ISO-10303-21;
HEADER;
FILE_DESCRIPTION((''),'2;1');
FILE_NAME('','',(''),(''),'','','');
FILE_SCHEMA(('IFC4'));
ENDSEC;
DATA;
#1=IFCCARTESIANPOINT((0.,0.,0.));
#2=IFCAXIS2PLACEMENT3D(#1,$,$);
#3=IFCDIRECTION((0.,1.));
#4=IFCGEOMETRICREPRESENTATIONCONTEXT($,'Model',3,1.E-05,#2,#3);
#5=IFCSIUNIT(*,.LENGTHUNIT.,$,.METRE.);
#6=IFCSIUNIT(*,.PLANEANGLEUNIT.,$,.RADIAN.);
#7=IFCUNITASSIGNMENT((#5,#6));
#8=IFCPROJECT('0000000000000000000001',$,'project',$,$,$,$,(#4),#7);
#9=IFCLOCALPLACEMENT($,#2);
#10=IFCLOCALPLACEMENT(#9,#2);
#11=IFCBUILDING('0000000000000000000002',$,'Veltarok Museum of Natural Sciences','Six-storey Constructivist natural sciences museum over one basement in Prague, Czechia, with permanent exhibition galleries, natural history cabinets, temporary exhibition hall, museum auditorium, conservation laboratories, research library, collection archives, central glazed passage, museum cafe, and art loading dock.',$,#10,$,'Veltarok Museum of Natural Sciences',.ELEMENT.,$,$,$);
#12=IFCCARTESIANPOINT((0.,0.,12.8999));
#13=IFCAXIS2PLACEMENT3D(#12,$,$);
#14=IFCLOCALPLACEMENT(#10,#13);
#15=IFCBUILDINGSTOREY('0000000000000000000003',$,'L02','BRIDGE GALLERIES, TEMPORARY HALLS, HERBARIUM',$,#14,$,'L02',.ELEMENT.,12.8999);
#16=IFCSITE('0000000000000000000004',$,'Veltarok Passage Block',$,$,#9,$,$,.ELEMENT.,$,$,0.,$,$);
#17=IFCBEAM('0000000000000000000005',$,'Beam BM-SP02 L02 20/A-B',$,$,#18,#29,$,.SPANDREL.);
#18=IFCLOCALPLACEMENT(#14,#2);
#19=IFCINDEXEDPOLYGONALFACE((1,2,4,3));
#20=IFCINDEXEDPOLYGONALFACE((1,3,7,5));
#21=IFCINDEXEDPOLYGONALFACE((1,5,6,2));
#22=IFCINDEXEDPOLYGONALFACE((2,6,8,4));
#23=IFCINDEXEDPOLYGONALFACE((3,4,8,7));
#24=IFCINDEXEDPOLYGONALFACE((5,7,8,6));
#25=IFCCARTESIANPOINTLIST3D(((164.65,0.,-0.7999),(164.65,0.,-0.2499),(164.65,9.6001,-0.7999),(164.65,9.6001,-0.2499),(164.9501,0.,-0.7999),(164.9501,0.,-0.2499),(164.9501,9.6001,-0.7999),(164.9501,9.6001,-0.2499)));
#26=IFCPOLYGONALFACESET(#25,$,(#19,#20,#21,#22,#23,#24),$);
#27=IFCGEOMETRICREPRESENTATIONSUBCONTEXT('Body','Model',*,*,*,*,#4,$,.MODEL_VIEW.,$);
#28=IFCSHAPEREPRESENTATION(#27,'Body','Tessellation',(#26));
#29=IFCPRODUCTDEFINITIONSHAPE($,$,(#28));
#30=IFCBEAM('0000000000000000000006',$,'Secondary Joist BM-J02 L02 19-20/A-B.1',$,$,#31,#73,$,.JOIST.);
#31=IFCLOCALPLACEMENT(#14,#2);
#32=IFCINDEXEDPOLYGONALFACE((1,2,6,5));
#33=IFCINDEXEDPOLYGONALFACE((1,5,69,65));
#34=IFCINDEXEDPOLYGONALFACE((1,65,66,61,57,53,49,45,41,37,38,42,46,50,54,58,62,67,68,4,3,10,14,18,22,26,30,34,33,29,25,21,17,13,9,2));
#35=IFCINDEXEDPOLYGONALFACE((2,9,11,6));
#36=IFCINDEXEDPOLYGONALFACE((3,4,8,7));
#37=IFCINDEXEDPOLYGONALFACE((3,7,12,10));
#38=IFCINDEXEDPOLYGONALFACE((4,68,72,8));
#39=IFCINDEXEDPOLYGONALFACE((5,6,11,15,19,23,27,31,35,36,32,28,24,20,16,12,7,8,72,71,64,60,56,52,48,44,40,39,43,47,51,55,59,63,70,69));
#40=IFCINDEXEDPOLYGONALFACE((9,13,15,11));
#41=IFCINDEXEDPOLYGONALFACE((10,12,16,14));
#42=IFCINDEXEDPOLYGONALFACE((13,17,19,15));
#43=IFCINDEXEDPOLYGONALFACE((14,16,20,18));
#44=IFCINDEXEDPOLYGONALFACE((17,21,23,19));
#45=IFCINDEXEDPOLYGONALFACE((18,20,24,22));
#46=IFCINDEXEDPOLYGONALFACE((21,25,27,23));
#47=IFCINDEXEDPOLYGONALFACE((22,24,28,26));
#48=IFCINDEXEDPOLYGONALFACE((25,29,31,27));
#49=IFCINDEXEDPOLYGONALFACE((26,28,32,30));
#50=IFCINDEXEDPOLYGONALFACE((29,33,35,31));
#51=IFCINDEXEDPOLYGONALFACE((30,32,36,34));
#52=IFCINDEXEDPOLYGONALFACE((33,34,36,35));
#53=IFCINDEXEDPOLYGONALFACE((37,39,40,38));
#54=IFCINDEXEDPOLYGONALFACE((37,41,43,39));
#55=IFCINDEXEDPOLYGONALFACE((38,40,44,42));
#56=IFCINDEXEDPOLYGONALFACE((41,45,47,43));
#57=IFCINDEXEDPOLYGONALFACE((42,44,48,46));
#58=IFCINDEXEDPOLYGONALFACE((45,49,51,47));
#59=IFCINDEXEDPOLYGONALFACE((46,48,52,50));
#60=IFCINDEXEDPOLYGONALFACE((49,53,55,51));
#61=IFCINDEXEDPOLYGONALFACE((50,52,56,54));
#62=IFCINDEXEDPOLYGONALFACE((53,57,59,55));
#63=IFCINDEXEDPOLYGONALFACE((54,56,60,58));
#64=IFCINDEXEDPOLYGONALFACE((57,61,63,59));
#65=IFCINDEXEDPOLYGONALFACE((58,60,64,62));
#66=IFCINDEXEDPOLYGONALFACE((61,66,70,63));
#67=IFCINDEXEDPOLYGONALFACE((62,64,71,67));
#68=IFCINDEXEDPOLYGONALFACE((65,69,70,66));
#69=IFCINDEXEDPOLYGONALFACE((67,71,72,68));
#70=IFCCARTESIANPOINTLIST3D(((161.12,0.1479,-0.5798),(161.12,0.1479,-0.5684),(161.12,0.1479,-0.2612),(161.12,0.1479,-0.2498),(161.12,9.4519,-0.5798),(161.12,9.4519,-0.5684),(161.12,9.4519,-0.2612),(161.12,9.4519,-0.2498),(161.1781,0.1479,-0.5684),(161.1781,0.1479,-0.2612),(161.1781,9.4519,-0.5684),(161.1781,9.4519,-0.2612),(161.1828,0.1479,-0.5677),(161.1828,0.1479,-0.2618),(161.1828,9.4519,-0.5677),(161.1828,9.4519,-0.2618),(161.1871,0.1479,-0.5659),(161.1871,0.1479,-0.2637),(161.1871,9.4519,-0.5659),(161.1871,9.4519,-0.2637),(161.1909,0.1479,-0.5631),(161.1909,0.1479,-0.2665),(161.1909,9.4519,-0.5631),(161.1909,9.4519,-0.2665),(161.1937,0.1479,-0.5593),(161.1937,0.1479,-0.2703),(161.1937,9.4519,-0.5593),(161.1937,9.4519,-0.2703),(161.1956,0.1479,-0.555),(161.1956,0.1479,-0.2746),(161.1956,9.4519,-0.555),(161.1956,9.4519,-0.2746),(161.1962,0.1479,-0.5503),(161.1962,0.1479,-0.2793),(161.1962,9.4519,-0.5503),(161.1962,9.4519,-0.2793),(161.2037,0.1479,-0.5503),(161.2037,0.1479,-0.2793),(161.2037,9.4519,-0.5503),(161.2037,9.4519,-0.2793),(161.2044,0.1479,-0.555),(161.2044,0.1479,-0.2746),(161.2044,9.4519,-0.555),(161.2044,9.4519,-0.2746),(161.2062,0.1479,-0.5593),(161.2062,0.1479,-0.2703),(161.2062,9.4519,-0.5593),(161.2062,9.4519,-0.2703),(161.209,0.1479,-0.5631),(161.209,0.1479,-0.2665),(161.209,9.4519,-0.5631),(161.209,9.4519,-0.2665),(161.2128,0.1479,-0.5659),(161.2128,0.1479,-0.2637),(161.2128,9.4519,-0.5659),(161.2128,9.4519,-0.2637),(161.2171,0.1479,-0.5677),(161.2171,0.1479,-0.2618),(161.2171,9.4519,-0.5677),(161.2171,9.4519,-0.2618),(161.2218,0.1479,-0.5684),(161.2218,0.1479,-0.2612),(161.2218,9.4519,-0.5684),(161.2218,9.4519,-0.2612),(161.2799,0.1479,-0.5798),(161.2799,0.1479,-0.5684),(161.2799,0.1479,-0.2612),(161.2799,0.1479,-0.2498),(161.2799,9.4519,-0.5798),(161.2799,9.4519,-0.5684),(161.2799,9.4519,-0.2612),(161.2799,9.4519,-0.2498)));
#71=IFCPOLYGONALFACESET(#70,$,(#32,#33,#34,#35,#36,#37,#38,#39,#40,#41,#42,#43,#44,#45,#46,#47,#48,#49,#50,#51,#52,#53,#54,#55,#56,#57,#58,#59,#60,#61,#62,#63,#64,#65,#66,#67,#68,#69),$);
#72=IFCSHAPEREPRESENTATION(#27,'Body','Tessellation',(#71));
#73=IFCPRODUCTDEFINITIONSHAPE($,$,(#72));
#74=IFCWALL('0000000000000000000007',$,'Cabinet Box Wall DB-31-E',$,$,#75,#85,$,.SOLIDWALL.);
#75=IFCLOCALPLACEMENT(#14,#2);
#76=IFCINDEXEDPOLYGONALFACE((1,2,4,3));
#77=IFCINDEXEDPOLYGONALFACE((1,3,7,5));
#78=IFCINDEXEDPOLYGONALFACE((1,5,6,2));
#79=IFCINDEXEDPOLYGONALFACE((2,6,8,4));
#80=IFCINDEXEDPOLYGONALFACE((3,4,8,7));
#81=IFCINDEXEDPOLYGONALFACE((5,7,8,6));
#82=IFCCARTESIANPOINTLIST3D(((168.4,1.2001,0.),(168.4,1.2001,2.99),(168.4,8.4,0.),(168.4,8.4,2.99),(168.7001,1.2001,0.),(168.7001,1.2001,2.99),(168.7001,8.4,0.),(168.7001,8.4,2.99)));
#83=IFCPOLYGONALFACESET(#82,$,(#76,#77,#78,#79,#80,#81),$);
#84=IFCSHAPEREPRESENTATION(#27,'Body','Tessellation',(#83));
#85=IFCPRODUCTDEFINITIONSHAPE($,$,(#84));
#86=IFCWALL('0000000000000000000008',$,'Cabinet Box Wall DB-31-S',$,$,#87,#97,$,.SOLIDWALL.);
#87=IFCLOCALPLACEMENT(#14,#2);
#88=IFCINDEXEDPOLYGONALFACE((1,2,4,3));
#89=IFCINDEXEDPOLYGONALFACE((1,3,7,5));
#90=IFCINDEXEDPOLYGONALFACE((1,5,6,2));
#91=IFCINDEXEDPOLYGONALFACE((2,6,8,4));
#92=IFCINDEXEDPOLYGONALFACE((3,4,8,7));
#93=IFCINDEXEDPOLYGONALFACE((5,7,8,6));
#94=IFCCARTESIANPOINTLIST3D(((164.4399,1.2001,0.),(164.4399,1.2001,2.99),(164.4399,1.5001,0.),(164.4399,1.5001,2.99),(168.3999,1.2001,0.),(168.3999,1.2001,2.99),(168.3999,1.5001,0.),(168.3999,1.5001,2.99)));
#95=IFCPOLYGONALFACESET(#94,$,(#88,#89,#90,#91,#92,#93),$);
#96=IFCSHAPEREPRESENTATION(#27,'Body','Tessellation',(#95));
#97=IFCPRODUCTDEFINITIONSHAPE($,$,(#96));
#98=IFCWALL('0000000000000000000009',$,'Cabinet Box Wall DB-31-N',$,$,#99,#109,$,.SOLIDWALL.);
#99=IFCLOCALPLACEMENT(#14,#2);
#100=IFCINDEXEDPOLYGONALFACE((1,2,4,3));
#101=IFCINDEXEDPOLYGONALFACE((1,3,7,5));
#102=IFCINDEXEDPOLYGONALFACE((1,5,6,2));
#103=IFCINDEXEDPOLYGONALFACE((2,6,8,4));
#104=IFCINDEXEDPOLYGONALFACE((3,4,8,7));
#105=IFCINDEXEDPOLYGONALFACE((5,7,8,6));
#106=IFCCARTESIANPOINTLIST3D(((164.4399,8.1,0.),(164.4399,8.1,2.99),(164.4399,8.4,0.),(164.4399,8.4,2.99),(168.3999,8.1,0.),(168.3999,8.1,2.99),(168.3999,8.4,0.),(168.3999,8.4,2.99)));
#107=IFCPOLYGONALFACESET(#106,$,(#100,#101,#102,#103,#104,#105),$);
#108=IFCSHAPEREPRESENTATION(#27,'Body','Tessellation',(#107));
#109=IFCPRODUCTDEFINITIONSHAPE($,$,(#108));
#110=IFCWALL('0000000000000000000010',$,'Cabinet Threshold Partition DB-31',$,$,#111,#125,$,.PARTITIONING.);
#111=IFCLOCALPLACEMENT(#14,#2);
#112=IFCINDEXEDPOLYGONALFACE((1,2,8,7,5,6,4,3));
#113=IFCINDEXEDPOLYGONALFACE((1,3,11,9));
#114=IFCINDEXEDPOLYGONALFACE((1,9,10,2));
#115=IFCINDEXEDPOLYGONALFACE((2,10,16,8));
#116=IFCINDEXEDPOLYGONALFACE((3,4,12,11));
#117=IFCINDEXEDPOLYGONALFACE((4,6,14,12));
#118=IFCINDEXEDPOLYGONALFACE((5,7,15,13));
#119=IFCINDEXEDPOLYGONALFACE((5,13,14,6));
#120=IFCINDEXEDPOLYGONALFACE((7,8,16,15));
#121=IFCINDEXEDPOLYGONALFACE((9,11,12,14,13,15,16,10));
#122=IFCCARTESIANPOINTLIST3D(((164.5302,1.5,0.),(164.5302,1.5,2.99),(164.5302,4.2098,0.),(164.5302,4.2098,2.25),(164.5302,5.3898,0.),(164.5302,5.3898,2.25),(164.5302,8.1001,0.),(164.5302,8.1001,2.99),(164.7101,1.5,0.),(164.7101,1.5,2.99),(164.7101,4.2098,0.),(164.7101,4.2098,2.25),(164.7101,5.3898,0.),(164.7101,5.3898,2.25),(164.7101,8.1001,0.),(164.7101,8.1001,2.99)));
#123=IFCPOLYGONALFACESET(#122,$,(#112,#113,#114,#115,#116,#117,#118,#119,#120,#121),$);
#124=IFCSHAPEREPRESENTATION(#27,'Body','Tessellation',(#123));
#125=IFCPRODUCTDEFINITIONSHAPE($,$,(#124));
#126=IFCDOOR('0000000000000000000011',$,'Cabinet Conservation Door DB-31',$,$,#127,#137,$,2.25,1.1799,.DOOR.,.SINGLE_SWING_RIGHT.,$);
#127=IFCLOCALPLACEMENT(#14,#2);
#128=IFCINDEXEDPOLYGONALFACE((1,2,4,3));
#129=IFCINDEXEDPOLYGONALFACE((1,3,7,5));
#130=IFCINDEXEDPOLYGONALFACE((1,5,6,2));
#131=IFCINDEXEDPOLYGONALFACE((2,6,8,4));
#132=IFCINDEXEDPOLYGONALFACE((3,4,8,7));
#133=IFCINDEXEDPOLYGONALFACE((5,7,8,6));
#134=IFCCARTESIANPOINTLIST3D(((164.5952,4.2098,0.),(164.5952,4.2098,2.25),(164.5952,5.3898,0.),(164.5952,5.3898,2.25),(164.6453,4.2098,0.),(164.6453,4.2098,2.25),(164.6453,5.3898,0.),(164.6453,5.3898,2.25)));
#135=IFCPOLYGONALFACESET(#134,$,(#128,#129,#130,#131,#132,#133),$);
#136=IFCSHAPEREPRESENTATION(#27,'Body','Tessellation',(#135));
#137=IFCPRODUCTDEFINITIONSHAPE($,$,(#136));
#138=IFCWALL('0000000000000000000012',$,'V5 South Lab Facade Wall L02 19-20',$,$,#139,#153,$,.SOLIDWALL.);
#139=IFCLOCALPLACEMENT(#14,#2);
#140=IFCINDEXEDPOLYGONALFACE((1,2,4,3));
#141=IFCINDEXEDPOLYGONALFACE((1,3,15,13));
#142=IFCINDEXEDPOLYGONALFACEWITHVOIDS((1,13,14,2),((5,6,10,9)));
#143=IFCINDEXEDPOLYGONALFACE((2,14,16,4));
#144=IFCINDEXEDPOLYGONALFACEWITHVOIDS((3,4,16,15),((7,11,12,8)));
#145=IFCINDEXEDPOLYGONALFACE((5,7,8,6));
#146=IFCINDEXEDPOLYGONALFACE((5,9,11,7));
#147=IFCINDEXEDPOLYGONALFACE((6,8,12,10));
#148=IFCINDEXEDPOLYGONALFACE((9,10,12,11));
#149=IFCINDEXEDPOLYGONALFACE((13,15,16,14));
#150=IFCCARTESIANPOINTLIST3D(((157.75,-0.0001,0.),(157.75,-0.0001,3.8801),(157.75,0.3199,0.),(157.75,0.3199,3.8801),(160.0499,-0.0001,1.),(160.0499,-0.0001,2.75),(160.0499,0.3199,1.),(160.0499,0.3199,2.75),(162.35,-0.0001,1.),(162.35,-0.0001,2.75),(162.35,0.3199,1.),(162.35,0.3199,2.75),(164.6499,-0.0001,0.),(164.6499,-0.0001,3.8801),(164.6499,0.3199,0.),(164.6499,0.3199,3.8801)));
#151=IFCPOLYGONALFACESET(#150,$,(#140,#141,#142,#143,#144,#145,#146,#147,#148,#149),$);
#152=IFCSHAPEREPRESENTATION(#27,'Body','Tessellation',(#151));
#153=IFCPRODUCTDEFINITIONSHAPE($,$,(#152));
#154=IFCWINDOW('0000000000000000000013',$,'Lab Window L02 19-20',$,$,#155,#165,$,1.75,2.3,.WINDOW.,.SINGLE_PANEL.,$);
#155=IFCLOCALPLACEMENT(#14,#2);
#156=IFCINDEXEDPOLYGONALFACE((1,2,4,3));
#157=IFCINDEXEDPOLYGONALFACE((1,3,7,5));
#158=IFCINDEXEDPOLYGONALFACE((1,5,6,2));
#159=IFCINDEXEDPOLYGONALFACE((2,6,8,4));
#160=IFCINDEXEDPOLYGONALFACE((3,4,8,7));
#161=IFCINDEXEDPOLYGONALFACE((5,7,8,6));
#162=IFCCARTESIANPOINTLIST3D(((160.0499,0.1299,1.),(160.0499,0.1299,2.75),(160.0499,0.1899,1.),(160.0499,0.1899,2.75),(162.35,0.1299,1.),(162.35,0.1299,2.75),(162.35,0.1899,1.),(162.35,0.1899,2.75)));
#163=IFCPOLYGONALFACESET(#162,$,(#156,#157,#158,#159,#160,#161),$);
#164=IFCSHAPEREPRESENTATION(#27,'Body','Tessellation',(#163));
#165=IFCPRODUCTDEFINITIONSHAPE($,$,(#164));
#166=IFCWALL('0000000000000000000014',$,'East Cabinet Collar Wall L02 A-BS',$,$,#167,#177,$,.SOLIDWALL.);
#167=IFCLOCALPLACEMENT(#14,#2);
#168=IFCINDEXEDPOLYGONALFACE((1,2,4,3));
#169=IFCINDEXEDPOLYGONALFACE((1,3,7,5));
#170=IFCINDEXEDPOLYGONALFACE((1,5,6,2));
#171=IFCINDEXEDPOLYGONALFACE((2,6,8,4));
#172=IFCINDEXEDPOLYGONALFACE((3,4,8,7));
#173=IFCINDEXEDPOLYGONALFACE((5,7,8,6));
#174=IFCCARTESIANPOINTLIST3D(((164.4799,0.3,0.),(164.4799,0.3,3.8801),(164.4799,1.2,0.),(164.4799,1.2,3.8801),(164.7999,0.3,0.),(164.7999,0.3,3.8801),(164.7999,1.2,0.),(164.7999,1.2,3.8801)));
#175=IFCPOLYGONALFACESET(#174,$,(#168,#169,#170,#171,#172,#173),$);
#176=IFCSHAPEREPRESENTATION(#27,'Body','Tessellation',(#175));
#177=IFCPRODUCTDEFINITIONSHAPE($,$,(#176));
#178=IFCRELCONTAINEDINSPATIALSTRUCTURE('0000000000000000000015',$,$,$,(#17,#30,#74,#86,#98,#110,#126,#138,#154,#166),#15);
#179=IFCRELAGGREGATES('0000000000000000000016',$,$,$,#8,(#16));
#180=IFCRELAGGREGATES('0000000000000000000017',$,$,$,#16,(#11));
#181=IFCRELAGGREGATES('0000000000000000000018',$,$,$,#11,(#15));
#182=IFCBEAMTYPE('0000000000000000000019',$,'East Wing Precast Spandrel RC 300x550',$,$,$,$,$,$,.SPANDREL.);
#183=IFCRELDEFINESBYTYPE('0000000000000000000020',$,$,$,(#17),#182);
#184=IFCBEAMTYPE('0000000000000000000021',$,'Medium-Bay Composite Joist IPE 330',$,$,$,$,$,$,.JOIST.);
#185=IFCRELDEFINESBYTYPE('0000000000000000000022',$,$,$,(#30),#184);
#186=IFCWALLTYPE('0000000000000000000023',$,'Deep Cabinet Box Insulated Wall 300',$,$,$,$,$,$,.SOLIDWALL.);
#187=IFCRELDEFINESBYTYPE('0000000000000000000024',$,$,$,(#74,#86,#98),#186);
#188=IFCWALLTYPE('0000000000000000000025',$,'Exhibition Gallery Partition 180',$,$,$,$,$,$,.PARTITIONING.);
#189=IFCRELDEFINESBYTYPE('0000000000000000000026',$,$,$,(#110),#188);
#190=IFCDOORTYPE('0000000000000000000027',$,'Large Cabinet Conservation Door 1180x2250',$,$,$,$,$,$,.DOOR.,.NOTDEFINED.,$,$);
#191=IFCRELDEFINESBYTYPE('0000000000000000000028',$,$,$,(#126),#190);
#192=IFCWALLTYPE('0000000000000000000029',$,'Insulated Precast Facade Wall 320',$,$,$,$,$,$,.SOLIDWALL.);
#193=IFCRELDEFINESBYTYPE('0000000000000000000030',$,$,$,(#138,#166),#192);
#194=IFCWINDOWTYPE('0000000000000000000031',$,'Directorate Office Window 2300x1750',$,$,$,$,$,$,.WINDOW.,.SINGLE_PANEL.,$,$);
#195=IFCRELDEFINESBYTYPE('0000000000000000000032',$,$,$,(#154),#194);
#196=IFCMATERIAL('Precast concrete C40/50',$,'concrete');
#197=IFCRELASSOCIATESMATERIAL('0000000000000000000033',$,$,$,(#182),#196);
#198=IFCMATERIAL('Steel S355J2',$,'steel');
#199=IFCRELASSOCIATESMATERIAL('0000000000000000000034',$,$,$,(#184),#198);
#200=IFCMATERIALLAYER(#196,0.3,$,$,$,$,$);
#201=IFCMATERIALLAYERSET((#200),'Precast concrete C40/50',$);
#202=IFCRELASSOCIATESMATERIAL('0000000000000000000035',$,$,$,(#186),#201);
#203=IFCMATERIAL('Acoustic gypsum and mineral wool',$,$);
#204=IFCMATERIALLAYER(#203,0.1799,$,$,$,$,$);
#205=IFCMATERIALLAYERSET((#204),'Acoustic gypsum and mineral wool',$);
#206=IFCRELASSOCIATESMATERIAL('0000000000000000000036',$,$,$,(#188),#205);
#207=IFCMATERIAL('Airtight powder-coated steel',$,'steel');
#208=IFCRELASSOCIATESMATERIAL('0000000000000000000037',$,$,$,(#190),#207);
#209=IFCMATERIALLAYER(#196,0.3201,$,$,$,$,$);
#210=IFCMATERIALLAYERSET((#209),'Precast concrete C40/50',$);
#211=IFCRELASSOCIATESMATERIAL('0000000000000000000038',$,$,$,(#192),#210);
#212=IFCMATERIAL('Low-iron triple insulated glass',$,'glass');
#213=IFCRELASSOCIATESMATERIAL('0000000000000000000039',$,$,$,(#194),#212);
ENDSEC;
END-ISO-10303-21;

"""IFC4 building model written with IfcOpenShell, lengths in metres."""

from ifc_helpers import new_model, si_unit, direction, frame, frame_2d, origin, origin_2d, place, context, subcontext, project, spatial, rectangle, i_section, extrude, material, layer, layer_set, material_profile, profile_set, type_object, element, fill, save


model = new_model("IFC4")

# Units and contexts
model_context = context("Model", 3, precision=1e-05, world=origin(), true_north=direction((0.0, 1.0)))
body_context = subcontext(model_context, "Body", "Model", "MODEL_VIEW")
ifc_project = project(units=[si_unit("LENGTHUNIT", "METRE"), si_unit("PLANEANGLEUNIT", "RADIAN")], contexts=[model_context])

# Site, building, storey
site_placement = place(None, origin())
site = spatial("IfcSite", under=ifc_project, at=site_placement, Name="Veltarok Passage Block", CompositionType="ELEMENT", RefElevation=0.0)
building_placement = place(site_placement, origin())
building = spatial("IfcBuilding", under=site, at=building_placement, Name="Veltarok Museum of Natural Sciences", Description="Six-storey Constructivist natural sciences museum over one basement in Prague, Czechia, with permanent exhibition galleries, natural history cabinets, temporary exhibition hall, museum auditorium, conservation laboratories, research library, collection archives, central glazed passage, museum cafe, and art loading dock.", LongName="Veltarok Museum of Natural Sciences", CompositionType="ELEMENT")
storey_placement = place(building_placement, frame((0.0, 0.0, 12.8999)))
storey = spatial("IfcBuildingStorey", under=building, at=storey_placement, Name="L02", Description="BRIDGE GALLERIES, TEMPORARY HALLS, HERBARIUM", LongName="L02", CompositionType="ELEMENT", Elevation=12.8999)

# Shared definitions
ifc_material_1 = material(Name="Steel S355J2", Category="steel")

# Beams
ifc_material_2 = material(Name="Precast concrete C40/50", Category="concrete")
ifc_material_profile_1 = material_profile(ifc_material_2, rectangle(XDim=0.3, YDim=0.55, at=origin_2d()), Name="RC 300x550")
ifc_profile_set_1 = profile_set([ifc_material_profile_1], Name="Precast concrete C40/50")
beam_type_1 = type_object("IfcBeamType", Name="East Wing Precast Spandrel RC 300x550", PredefinedType="SPANDREL", material=ifc_profile_set_1)
beam_1_placement = place(storey_placement, frame((164.8, 0.0, -0.5249), z_axis=(0.0, 1.0, 0.0), x_axis=(-1.0, 0.0, 0.0)))
element("IfcBeam", 1, at=beam_1_placement, inside=storey, type_object=beam_type_1, Name="Beam BM-SP02 L02 20/A-B", PredefinedType="SPANDREL", context=body_context, shape_type="SweptSolid", body=[
    extrude(rectangle(XDim=0.3, YDim=0.55, at=origin_2d()), origin(), (0.0, 0.0, 1.0), 9.6001),
])
ifc_material_profile_2 = material_profile(ifc_material_1, i_section(OverallWidth=0.1599, OverallDepth=0.3301, WebThickness=0.0076, FlangeThickness=0.0115, FilletRadius=0.0181, at=origin_2d()), Name="IPE 330")
ifc_profile_set_2 = profile_set([ifc_material_profile_2], Name="Steel S355J2")
beam_type_2 = type_object("IfcBeamType", Name="Medium-Bay Composite Joist IPE 330", PredefinedType="JOIST", material=ifc_profile_set_2)
beam_2_placement = place(storey_placement, frame((161.2, 0.1479, -0.4148), z_axis=(0.0, 1.0, 0.0), x_axis=(-1.0, 0.0, 0.0)))
element("IfcBeam", 2, at=beam_2_placement, inside=storey, type_object=beam_type_2, Name="Secondary Joist BM-J02 L02 19-20/A-B.1", PredefinedType="JOIST", context=body_context, shape_type="SweptSolid", body=[
    extrude(i_section(OverallWidth=0.1599, OverallDepth=0.3301, WebThickness=0.0076, FlangeThickness=0.0115, FilletRadius=0.0181, at=origin_2d()), origin(), (0.0, 0.0, 1.0), 9.304),
])

# Walls
ifc_layer_1 = layer(ifc_material_2, 0.3)
ifc_layer_set_1 = layer_set([ifc_layer_1], Name="Precast concrete C40/50")
wall_type_1 = type_object("IfcWallType", Name="Deep Cabinet Box Insulated Wall 300", PredefinedType="SOLIDWALL", material=ifc_layer_set_1)
wall_1_placement = place(storey_placement, frame((168.55, 1.2, 0.0), z_axis=(0.0, 0.0, 1.0), x_axis=(0.0, 1.0, 0.0)))
element("IfcWall", 3, at=wall_1_placement, inside=storey, type_object=wall_type_1, Name="Cabinet Box Wall DB-31-E", PredefinedType="SOLIDWALL", context=body_context, shape_type="SweptSolid", body=[
    extrude(rectangle(XDim=7.2, YDim=0.3, at=frame_2d((3.6001, 0.0))), origin(), (0.0, 0.0, 1.0), 2.99),
])
for number, where, z_axis, x_axis, name in (
    (4, (164.4399, 1.3501, 0.0), (0.0, 0.0, 1.0), (1.0, 0.0, 0.0), "Cabinet Box Wall DB-31-S"),
    (5, (168.3999, 8.25, 0.0), (0.0, 0.0, 1.0), (-1.0, 0.0, 0.0), "Cabinet Box Wall DB-31-N"),
):
    element("IfcWall", number, at=place(storey_placement, frame(where, z_axis=z_axis, x_axis=x_axis)), inside=storey, type_object=wall_type_1, Name=name, PredefinedType="SOLIDWALL", context=body_context, shape_type="SweptSolid", body=[
        extrude(rectangle(XDim=3.96, YDim=0.3, at=frame_2d((1.98, 0.0))), origin(), (0.0, 0.0, 1.0), 2.99),
    ])

# Wall, opening, door
ifc_material_3 = material(Name="Acoustic gypsum and mineral wool")
ifc_layer_2 = layer(ifc_material_3, 0.1799)
ifc_layer_set_2 = layer_set([ifc_layer_2], Name="Acoustic gypsum and mineral wool")
wall_type_2 = type_object("IfcWallType", Name="Exhibition Gallery Partition 180", PredefinedType="PARTITIONING", material=ifc_layer_set_2)
wall_2_placement = place(storey_placement, frame((164.6201, 1.5, 0.0), z_axis=(0.0, 0.0, 1.0), x_axis=(0.0, 1.0, 0.0)))
wall_2 = element("IfcWall", 6, at=wall_2_placement, inside=storey, type_object=wall_type_2, Name="Cabinet Threshold Partition DB-31", PredefinedType="PARTITIONING", context=body_context, shape_type="SweptSolid", body=[
    extrude(rectangle(XDim=6.6001, YDim=0.1799, at=frame_2d((3.3, 0.0))), origin(), (0.0, 0.0, 1.0), 2.99),
])
opening_1_placement = place(wall_2_placement, frame((2.71, 0.0, 0.0)))
opening_1 = element("IfcOpeningElement", 7, at=opening_1_placement, cuts=wall_2, PredefinedType="OPENING", context=body_context, shape_type="SweptSolid", body=[
    extrude(rectangle(XDim=1.1799, YDim=2.25, at=frame_2d((0.5898, 1.125))), frame((0.0, 0.1001, 0.0), z_axis=(0.0, -1.0, 0.0), x_axis=(1.0, 0.0, 0.0)), (0.0, 0.0, 1.0), 0.2),
])
ifc_material_4 = material(Name="Airtight powder-coated steel", Category="steel")
door_type = type_object("IfcDoorType", Name="Large Cabinet Conservation Door 1180x2250", OperationType="NOTDEFINED", PredefinedType="DOOR", material=ifc_material_4)
door_placement = place(opening_1_placement, origin())
door = element("IfcDoor", 8, at=door_placement, inside=storey, type_object=door_type, Name="Cabinet Conservation Door DB-31", OperationType="SINGLE_SWING_RIGHT", OverallHeight=2.25, OverallWidth=1.1799, PredefinedType="DOOR", context=body_context, shape_type="SweptSolid", body=[
    extrude(rectangle(XDim=1.1799, YDim=2.25, at=frame_2d((0.5898, 1.125))), frame((0.0, 0.0249, 0.0), z_axis=(0.0, -1.0, 0.0), x_axis=(1.0, 0.0, 0.0)), (0.0, 0.0, 1.0), 0.05),
])
fill(opening_1, door)

# Wall, opening, window
ifc_layer_3 = layer(ifc_material_2, 0.3201)
ifc_layer_set_3 = layer_set([ifc_layer_3], Name="Precast concrete C40/50")
wall_type_3 = type_object("IfcWallType", Name="Insulated Precast Facade Wall 320", PredefinedType="SOLIDWALL", material=ifc_layer_set_3)
wall_3_placement = place(storey_placement, frame((157.75, 0.1599, 0.0), z_axis=(0.0, 0.0, 1.0), x_axis=(1.0, 0.0, 0.0)))
wall_3 = element("IfcWall", 9, at=wall_3_placement, inside=storey, type_object=wall_type_3, Name="V5 South Lab Facade Wall L02 19-20", PredefinedType="SOLIDWALL", context=body_context, shape_type="SweptSolid", body=[
    extrude(rectangle(XDim=6.8999, YDim=0.3201, at=frame_2d((3.45, 0.0))), origin(), (0.0, 0.0, 1.0), 3.8801),
])
opening_2_placement = place(wall_3_placement, frame((2.3, 0.0, 1.0)))
opening_2 = element("IfcOpeningElement", 10, at=opening_2_placement, cuts=wall_3, PredefinedType="OPENING", context=body_context, shape_type="SweptSolid", body=[
    extrude(rectangle(XDim=2.3, YDim=1.75, at=frame_2d((1.1499, 0.875))), frame((0.0, 0.1699, 0.0), z_axis=(0.0, -1.0, 0.0), x_axis=(1.0, 0.0, 0.0)), (0.0, 0.0, 1.0), 0.3401),
])
ifc_material_5 = material(Name="Low-iron triple insulated glass", Category="glass")
window_type = type_object("IfcWindowType", Name="Directorate Office Window 2300x1750", PartitioningType="SINGLE_PANEL", PredefinedType="WINDOW", material=ifc_material_5)
window_placement = place(opening_2_placement, origin())
window = element("IfcWindow", 11, at=window_placement, inside=storey, type_object=window_type, Name="Lab Window L02 19-20", OverallHeight=1.75, OverallWidth=2.3, PartitioningType="SINGLE_PANEL", PredefinedType="WINDOW", context=body_context, shape_type="SweptSolid", body=[
    extrude(rectangle(XDim=2.3, YDim=1.75, at=frame_2d((1.1499, 0.875))), frame((0.0, 0.03, 0.0), z_axis=(0.0, -1.0, 0.0), x_axis=(1.0, 0.0, 0.0)), (0.0, 0.0, 1.0), 0.0601),
])
fill(opening_2, window)

# Wall
wall_4_placement = place(storey_placement, frame((164.6399, 0.3, 0.0), z_axis=(0.0, 0.0, 1.0), x_axis=(0.0, 1.0, 0.0)))
element("IfcWall", 12, at=wall_4_placement, inside=storey, type_object=wall_type_3, Name="East Cabinet Collar Wall L02 A-BS", PredefinedType="SOLIDWALL", context=body_context, shape_type="SweptSolid", body=[
    extrude(rectangle(XDim=0.8999, YDim=0.3201, at=frame_2d((0.45, 0.0))), origin(), (0.0, 0.0, 1.0), 3.8801),
])

save(model, "model.ifc")
